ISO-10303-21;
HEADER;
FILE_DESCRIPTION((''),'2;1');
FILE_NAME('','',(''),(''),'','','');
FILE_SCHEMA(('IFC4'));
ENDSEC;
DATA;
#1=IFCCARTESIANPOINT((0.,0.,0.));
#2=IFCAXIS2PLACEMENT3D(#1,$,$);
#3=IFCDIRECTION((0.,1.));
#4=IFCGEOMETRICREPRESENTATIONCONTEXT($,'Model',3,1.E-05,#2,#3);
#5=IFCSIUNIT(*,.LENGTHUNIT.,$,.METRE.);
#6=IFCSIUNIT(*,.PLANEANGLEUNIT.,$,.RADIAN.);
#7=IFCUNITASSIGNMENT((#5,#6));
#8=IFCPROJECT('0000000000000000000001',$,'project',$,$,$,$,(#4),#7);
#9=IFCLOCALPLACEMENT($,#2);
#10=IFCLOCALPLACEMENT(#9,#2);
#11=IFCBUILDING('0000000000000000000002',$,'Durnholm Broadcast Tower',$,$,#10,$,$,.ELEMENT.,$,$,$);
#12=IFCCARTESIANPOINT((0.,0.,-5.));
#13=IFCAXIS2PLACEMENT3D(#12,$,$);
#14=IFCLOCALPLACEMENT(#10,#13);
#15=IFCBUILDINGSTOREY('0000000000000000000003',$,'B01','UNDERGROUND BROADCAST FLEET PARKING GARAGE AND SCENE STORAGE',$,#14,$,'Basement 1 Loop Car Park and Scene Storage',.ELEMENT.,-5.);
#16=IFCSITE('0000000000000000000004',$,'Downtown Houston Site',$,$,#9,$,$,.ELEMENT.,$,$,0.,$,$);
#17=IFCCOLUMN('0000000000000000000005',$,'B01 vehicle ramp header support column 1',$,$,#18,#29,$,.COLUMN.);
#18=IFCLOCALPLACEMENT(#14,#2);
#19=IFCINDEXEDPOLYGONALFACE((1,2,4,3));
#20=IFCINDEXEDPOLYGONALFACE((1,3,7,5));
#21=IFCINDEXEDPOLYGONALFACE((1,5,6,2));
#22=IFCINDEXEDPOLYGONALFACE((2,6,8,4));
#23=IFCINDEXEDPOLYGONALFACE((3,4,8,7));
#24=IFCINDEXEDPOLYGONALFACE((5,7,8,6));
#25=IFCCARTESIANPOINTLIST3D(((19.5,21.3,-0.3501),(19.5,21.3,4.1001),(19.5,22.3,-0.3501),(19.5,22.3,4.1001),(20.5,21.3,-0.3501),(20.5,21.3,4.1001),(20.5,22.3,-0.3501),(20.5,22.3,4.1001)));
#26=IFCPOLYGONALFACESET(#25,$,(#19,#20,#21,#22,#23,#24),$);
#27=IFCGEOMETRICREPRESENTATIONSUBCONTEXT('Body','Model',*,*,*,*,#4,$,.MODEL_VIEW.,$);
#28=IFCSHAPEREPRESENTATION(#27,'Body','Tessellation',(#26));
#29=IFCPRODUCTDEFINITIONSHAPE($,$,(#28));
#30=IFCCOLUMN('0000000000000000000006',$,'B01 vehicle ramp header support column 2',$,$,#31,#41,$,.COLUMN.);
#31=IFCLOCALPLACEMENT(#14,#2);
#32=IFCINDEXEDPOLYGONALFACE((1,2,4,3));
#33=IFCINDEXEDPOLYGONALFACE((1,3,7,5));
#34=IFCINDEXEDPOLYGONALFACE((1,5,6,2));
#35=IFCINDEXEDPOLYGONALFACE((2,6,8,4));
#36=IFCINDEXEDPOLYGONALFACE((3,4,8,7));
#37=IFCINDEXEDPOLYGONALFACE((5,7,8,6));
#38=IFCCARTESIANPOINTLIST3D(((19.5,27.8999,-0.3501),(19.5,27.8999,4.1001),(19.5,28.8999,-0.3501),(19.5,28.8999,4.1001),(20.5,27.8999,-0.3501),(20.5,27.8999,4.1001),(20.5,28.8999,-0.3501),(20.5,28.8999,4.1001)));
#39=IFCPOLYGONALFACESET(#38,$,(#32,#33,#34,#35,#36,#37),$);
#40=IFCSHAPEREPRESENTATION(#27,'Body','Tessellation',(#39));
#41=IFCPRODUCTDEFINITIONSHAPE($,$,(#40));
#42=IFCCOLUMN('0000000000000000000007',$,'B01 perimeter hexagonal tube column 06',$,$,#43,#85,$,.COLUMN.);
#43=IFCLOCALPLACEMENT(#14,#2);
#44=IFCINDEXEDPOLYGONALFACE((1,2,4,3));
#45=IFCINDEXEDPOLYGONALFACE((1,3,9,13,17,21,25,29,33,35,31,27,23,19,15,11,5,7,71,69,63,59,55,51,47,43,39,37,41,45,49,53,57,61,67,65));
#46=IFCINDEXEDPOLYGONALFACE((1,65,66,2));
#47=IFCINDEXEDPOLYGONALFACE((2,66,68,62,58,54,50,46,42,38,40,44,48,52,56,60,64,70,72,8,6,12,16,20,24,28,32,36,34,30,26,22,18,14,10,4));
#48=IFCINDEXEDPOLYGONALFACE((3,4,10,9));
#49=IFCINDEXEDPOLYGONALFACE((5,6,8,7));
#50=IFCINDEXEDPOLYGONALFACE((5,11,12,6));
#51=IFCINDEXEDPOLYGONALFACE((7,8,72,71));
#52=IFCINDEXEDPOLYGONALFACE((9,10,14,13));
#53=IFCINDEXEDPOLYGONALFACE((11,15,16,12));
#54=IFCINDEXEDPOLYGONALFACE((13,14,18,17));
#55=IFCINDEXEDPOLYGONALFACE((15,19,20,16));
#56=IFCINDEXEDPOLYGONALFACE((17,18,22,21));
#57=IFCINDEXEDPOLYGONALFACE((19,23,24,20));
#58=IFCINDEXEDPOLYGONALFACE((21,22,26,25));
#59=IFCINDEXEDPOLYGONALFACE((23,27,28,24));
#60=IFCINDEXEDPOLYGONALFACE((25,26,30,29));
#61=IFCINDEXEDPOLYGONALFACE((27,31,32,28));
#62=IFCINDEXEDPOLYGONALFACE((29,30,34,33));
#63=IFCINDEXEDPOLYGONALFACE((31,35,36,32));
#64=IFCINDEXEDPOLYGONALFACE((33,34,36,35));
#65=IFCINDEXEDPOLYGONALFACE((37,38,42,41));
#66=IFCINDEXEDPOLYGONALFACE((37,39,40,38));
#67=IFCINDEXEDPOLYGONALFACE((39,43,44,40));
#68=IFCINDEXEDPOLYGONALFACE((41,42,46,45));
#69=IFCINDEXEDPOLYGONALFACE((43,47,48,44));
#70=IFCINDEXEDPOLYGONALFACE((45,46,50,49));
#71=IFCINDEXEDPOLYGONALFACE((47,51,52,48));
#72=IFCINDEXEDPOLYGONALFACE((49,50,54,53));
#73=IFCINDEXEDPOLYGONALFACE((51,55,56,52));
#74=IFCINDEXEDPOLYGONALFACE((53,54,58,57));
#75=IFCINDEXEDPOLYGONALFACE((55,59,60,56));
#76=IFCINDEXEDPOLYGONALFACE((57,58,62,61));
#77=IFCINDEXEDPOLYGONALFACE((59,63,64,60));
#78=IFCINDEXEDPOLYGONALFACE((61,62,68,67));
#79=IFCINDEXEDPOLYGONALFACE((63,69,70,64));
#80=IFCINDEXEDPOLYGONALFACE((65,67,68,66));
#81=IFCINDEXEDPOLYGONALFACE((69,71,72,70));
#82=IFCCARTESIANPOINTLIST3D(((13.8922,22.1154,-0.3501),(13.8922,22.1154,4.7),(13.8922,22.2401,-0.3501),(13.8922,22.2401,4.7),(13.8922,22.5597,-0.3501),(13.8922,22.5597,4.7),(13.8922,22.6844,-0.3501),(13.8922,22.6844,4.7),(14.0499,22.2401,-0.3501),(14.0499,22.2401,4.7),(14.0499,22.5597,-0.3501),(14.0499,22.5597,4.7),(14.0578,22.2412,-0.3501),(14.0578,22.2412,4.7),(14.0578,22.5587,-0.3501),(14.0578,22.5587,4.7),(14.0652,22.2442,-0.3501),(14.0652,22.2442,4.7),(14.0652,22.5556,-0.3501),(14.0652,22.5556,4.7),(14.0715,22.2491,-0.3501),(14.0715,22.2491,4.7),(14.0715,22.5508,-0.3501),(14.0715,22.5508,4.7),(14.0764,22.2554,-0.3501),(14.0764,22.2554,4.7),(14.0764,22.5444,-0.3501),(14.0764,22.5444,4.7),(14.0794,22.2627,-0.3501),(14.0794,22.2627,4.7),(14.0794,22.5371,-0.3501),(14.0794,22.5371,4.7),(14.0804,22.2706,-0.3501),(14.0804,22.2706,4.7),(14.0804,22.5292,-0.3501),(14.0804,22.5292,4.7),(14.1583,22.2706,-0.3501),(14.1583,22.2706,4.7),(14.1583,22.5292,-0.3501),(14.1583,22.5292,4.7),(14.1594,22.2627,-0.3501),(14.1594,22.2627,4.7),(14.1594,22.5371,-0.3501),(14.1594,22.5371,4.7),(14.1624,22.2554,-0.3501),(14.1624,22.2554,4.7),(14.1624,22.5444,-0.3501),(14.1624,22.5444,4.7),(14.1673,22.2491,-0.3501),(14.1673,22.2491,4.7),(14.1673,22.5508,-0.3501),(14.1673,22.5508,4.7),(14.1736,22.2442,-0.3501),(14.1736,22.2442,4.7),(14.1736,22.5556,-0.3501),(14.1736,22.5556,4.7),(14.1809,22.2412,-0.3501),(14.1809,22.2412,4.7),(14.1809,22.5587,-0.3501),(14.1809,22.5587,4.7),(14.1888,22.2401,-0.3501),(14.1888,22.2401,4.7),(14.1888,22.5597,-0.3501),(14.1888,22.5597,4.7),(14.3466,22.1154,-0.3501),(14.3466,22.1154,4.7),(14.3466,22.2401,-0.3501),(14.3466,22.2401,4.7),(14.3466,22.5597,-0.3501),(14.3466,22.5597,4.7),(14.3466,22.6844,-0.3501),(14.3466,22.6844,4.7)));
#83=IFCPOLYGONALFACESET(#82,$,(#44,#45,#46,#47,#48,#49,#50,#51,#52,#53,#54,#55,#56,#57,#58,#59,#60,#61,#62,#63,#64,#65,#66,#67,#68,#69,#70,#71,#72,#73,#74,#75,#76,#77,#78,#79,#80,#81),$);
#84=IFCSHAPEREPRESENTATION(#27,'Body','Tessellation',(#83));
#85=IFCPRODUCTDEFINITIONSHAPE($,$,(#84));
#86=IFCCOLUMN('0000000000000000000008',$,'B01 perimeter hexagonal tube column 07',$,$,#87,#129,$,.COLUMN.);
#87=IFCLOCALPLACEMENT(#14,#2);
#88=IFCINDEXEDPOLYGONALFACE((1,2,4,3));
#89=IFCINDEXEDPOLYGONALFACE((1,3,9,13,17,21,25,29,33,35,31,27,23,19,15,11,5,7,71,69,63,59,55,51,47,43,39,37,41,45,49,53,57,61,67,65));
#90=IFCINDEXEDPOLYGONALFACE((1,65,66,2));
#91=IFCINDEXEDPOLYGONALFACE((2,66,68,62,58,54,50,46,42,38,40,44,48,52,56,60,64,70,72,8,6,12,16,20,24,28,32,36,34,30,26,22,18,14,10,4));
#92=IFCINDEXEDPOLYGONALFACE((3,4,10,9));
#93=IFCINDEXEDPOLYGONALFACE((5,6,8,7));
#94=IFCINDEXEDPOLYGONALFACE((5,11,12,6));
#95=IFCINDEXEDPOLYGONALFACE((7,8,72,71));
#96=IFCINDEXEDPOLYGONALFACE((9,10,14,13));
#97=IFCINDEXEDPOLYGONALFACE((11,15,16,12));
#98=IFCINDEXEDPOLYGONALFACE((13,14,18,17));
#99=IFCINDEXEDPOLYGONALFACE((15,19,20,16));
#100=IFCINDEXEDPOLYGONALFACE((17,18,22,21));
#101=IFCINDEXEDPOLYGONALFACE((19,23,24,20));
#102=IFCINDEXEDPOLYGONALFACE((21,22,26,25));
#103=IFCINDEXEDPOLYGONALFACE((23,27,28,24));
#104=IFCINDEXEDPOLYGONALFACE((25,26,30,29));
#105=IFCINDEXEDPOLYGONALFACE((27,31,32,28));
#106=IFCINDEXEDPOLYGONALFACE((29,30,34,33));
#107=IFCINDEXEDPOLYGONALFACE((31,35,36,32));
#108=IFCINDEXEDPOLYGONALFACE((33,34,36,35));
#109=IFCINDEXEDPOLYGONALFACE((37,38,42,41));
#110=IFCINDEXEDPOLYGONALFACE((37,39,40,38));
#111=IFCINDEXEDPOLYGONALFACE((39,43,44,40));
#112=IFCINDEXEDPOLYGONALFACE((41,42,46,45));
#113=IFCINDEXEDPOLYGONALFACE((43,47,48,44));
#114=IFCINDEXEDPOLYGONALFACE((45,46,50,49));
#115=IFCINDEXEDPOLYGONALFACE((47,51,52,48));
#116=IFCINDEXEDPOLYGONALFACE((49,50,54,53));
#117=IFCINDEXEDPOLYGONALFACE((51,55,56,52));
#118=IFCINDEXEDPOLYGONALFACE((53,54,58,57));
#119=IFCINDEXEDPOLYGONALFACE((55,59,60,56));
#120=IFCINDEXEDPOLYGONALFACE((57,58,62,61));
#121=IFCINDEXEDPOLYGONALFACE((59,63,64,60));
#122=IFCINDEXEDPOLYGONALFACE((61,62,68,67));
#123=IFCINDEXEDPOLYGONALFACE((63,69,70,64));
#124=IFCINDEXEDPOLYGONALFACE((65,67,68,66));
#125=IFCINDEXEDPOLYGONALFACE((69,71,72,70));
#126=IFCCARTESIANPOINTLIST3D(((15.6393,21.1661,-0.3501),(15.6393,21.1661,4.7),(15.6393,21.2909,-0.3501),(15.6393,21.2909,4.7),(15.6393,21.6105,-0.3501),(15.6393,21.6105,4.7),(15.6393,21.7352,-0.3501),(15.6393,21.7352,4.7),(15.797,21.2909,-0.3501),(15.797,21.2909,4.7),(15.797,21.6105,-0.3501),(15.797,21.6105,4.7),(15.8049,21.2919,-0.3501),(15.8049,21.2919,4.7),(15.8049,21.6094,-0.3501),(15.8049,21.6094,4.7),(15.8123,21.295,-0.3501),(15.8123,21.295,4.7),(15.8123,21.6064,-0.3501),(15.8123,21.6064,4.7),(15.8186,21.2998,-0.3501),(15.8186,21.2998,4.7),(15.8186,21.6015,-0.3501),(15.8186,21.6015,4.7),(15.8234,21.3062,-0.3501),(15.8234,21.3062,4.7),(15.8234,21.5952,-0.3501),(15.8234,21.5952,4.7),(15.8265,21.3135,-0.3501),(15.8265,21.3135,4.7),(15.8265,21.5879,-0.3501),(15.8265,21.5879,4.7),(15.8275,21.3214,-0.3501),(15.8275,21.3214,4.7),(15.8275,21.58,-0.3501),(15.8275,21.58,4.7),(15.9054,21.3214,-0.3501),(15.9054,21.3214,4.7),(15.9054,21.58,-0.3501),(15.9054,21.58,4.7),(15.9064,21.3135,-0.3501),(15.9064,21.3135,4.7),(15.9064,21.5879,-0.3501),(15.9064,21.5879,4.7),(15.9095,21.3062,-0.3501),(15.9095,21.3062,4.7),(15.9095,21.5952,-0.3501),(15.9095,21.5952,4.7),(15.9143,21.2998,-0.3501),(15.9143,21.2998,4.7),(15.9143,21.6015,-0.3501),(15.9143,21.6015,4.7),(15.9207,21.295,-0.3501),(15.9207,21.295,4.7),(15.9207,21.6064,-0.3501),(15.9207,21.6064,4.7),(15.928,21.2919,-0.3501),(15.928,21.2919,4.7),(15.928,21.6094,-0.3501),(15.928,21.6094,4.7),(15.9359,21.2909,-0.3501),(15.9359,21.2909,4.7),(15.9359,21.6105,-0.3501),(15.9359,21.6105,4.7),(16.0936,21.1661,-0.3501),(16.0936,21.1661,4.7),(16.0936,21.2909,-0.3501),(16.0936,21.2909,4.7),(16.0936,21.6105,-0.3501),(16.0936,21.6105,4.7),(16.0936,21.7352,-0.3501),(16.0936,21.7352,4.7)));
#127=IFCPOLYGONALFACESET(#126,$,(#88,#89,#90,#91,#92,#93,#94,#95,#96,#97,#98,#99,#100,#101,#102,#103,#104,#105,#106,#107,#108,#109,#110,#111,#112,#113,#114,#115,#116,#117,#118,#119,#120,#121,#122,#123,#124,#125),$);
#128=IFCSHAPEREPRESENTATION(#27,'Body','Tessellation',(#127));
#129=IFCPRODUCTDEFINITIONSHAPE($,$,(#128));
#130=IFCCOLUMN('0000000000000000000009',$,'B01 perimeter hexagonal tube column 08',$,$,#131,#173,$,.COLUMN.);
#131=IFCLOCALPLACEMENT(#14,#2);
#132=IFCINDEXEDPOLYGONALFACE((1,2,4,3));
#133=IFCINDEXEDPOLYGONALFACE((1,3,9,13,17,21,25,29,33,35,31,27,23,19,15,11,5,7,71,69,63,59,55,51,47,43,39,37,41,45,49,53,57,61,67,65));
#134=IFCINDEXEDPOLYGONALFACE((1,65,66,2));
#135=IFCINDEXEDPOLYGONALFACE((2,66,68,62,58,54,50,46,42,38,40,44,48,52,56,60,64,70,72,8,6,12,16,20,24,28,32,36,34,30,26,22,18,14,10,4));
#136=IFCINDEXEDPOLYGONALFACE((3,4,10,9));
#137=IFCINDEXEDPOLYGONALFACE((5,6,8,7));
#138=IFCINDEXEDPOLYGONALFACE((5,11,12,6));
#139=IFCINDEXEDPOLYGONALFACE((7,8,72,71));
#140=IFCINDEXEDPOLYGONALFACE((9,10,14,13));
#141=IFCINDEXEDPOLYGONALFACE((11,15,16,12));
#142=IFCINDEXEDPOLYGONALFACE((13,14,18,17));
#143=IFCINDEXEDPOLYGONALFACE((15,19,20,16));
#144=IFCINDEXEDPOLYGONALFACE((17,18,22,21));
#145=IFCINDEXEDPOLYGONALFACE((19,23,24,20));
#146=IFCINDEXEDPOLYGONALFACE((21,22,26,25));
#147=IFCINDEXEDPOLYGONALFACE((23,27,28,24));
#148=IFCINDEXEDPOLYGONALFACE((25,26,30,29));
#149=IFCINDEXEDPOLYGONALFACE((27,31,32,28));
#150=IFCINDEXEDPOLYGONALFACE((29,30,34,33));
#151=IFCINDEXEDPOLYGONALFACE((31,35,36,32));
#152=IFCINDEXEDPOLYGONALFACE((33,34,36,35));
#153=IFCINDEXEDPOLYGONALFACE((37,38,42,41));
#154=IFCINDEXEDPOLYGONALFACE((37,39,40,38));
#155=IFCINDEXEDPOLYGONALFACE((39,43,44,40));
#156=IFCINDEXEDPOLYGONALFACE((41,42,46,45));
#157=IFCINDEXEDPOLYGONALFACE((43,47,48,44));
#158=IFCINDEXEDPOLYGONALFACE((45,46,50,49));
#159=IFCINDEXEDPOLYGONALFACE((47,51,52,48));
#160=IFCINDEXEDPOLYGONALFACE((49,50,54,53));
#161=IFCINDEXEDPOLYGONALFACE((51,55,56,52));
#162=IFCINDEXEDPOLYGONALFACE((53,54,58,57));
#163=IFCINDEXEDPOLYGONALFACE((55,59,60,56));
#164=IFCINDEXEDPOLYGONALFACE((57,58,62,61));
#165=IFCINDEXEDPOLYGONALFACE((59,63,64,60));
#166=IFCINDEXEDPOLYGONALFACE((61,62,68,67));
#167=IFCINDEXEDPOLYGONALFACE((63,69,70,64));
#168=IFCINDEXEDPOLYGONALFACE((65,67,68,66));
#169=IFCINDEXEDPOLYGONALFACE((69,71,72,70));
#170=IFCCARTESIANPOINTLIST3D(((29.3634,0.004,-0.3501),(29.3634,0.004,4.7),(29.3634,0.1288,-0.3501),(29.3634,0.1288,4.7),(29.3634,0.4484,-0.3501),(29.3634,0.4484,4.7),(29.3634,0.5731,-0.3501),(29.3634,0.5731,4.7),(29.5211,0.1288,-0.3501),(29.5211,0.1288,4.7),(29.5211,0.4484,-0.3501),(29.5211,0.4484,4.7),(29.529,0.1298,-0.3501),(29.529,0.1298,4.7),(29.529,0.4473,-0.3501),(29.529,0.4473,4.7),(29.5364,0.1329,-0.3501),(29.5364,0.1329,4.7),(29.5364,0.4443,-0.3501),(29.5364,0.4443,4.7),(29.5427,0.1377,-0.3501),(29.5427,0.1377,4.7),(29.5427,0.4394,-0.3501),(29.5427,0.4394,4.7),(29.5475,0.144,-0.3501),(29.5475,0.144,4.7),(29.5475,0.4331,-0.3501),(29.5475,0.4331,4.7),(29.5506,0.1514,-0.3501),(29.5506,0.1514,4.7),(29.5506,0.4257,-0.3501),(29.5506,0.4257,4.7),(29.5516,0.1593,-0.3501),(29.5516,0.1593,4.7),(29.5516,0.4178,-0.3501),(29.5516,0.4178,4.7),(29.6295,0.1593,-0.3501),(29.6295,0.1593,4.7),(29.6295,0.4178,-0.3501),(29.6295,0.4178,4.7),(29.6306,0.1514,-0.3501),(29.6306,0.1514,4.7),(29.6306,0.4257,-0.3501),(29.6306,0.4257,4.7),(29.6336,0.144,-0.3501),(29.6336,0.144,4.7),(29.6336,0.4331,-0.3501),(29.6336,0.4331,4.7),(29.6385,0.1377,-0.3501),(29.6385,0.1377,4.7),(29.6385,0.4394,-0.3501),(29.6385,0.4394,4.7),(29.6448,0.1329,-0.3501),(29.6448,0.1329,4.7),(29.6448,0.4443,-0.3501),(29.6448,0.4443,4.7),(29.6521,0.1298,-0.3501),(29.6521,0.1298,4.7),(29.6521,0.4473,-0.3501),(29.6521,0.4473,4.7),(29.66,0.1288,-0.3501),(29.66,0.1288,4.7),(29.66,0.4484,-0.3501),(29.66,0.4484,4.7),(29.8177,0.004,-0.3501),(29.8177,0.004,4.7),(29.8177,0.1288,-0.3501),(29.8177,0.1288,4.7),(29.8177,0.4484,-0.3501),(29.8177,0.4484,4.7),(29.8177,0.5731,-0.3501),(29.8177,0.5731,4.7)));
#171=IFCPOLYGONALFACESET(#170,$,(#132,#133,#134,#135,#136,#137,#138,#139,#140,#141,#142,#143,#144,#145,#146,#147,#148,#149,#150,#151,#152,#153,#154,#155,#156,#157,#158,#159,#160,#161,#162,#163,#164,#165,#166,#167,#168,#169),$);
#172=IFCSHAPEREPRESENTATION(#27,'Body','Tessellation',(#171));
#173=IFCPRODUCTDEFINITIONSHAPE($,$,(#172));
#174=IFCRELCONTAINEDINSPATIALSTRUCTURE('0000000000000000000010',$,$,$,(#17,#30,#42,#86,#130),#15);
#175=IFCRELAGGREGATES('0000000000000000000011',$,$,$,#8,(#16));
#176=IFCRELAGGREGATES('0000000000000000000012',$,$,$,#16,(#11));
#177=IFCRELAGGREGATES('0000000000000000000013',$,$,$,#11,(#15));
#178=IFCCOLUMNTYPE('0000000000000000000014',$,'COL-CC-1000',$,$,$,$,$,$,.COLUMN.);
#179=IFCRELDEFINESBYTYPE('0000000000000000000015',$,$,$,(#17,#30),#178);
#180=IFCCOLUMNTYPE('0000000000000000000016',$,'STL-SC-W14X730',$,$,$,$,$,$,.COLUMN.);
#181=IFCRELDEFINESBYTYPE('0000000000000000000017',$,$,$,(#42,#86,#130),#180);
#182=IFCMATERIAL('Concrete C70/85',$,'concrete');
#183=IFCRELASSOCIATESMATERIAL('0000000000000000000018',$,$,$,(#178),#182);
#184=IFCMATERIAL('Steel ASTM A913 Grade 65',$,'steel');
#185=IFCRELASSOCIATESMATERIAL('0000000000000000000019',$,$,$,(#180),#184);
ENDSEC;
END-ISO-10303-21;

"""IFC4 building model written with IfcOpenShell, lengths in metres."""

from ifc_helpers import new_model, si_unit, direction, frame, origin, origin_2d, place, context, subcontext, project, spatial, rectangle, i_section, extrude, source, transform, mapped, material, material_profile, profile_set, type_object, type_shapes, element, save


model = new_model("IFC4")

# Units and contexts
model_context = context("Model", 3, precision=1e-05, world=origin(), true_north=direction((0.0, 1.0)))
body_context = subcontext(model_context, "Body", "Model", "MODEL_VIEW")
ifc_project = project(units=[si_unit("LENGTHUNIT", "METRE"), si_unit("PLANEANGLEUNIT", "RADIAN")], contexts=[model_context])

# Site, building, storey
site_placement = place(None, origin())
site = spatial("IfcSite", under=ifc_project, at=site_placement, Name="Downtown Houston Site", CompositionType="ELEMENT", RefElevation=0.0)
building_placement = place(site_placement, origin())
building = spatial("IfcBuilding", under=site, at=building_placement, Name="Durnholm Broadcast Tower", CompositionType="ELEMENT")
storey_placement = place(building_placement, frame((0.0, 0.0, -5.0)))
storey = spatial("IfcBuildingStorey", under=building, at=storey_placement, Name="B01", Description="UNDERGROUND BROADCAST FLEET PARKING GARAGE AND SCENE STORAGE", LongName="Basement 1 Loop Car Park and Scene Storage", CompositionType="ELEMENT", Elevation=-5.0)

# Columns
ifc_material_1 = material(Name="Concrete C70/85", Category="concrete")
ifc_material_profile_1 = material_profile(ifc_material_1, rectangle(XDim=1.0, YDim=1.0, at=origin_2d()), Name="RC1000X1000")
ifc_profile_set_1 = profile_set([ifc_material_profile_1], Name="Concrete C70/85")
column_type_1 = type_object("IfcColumnType", Name="COL-CC-1000", PredefinedType="COLUMN", material=ifc_profile_set_1)
shared_shape_1 = source(origin(), body_context, "Body", "SweptSolid", [
    extrude(rectangle(XDim=1.0, YDim=1.0, at=origin_2d()), origin(), (0.0, 0.0, 1.0), 4.4502),
])
type_shapes(column_type_1, [shared_shape_1])
for number, where, z_axis, x_axis, name in (
    (1, (20.0, 21.8, -0.3501), (0.0, 0.0, 1.0), (1.0, 0.0, 0.0), "B01 vehicle ramp header support column 1"),
    (2, (20.0, 28.3999, -0.3501), (0.0, 0.0, 1.0), (1.0, 0.0, 0.0), "B01 vehicle ramp header support column 2"),
):
    element("IfcColumn", number, at=place(storey_placement, frame(where, z_axis=z_axis, x_axis=x_axis)), inside=storey, type_object=column_type_1, Name=name, PredefinedType="COLUMN", context=body_context, shape_type="MappedRepresentation", body=[
        mapped(shared_shape_1, transform((0.0, 0.0, 0.0), x_axis=(1.0, 0.0, 0.0), y_axis=(0.0, 1.0, 0.0), z_axis=(0.0, 0.0, 1.0), scale=1.0)),
    ])
ifc_material_2 = material(Name="Steel ASTM A913 Grade 65", Category="steel")
ifc_material_profile_2 = material_profile(ifc_material_2, i_section(OverallWidth=0.4543, OverallDepth=0.5691, WebThickness=0.0779, FlangeThickness=0.1248, FilletRadius=0.0305, at=origin_2d()), Name="W14X730")
ifc_profile_set_2 = profile_set([ifc_material_profile_2], Name="Steel ASTM A913 Grade 65")
column_type_2 = type_object("IfcColumnType", Name="STL-SC-W14X730", PredefinedType="COLUMN", material=ifc_profile_set_2)
shared_shape_2 = source(origin(), body_context, "Body", "SweptSolid", [
    extrude(i_section(OverallWidth=0.4543, OverallDepth=0.5691, WebThickness=0.0779, FlangeThickness=0.1248, FilletRadius=0.0305, at=origin_2d()), origin(), (0.0, 0.0, 1.0), 5.05),
])
type_shapes(column_type_2, [shared_shape_2])
for number, where, z_axis, x_axis, name in (
    (3, (14.1194, 22.3999, -0.3501), (0.0, 0.0, 1.0), (1.0, 0.0, 0.0), "B01 perimeter hexagonal tube column 06"),
    (4, (15.8665, 21.4507, -0.3501), (0.0, 0.0, 1.0), (1.0, 0.0, 0.0), "B01 perimeter hexagonal tube column 07"),
    (5, (29.5906, 0.2886, -0.3501), (0.0, 0.0, 1.0), (1.0, 0.0, 0.0), "B01 perimeter hexagonal tube column 08"),
):
    element("IfcColumn", number, at=place(storey_placement, frame(where, z_axis=z_axis, x_axis=x_axis)), inside=storey, type_object=column_type_2, Name=name, PredefinedType="COLUMN", context=body_context, shape_type="MappedRepresentation", body=[
        mapped(shared_shape_2, transform((0.0, 0.0, 0.0), x_axis=(1.0, 0.0, 0.0), y_axis=(0.0, 1.0, 0.0), z_axis=(0.0, 0.0, 1.0), scale=1.0)),
    ])

save(model, "model.ifc")
